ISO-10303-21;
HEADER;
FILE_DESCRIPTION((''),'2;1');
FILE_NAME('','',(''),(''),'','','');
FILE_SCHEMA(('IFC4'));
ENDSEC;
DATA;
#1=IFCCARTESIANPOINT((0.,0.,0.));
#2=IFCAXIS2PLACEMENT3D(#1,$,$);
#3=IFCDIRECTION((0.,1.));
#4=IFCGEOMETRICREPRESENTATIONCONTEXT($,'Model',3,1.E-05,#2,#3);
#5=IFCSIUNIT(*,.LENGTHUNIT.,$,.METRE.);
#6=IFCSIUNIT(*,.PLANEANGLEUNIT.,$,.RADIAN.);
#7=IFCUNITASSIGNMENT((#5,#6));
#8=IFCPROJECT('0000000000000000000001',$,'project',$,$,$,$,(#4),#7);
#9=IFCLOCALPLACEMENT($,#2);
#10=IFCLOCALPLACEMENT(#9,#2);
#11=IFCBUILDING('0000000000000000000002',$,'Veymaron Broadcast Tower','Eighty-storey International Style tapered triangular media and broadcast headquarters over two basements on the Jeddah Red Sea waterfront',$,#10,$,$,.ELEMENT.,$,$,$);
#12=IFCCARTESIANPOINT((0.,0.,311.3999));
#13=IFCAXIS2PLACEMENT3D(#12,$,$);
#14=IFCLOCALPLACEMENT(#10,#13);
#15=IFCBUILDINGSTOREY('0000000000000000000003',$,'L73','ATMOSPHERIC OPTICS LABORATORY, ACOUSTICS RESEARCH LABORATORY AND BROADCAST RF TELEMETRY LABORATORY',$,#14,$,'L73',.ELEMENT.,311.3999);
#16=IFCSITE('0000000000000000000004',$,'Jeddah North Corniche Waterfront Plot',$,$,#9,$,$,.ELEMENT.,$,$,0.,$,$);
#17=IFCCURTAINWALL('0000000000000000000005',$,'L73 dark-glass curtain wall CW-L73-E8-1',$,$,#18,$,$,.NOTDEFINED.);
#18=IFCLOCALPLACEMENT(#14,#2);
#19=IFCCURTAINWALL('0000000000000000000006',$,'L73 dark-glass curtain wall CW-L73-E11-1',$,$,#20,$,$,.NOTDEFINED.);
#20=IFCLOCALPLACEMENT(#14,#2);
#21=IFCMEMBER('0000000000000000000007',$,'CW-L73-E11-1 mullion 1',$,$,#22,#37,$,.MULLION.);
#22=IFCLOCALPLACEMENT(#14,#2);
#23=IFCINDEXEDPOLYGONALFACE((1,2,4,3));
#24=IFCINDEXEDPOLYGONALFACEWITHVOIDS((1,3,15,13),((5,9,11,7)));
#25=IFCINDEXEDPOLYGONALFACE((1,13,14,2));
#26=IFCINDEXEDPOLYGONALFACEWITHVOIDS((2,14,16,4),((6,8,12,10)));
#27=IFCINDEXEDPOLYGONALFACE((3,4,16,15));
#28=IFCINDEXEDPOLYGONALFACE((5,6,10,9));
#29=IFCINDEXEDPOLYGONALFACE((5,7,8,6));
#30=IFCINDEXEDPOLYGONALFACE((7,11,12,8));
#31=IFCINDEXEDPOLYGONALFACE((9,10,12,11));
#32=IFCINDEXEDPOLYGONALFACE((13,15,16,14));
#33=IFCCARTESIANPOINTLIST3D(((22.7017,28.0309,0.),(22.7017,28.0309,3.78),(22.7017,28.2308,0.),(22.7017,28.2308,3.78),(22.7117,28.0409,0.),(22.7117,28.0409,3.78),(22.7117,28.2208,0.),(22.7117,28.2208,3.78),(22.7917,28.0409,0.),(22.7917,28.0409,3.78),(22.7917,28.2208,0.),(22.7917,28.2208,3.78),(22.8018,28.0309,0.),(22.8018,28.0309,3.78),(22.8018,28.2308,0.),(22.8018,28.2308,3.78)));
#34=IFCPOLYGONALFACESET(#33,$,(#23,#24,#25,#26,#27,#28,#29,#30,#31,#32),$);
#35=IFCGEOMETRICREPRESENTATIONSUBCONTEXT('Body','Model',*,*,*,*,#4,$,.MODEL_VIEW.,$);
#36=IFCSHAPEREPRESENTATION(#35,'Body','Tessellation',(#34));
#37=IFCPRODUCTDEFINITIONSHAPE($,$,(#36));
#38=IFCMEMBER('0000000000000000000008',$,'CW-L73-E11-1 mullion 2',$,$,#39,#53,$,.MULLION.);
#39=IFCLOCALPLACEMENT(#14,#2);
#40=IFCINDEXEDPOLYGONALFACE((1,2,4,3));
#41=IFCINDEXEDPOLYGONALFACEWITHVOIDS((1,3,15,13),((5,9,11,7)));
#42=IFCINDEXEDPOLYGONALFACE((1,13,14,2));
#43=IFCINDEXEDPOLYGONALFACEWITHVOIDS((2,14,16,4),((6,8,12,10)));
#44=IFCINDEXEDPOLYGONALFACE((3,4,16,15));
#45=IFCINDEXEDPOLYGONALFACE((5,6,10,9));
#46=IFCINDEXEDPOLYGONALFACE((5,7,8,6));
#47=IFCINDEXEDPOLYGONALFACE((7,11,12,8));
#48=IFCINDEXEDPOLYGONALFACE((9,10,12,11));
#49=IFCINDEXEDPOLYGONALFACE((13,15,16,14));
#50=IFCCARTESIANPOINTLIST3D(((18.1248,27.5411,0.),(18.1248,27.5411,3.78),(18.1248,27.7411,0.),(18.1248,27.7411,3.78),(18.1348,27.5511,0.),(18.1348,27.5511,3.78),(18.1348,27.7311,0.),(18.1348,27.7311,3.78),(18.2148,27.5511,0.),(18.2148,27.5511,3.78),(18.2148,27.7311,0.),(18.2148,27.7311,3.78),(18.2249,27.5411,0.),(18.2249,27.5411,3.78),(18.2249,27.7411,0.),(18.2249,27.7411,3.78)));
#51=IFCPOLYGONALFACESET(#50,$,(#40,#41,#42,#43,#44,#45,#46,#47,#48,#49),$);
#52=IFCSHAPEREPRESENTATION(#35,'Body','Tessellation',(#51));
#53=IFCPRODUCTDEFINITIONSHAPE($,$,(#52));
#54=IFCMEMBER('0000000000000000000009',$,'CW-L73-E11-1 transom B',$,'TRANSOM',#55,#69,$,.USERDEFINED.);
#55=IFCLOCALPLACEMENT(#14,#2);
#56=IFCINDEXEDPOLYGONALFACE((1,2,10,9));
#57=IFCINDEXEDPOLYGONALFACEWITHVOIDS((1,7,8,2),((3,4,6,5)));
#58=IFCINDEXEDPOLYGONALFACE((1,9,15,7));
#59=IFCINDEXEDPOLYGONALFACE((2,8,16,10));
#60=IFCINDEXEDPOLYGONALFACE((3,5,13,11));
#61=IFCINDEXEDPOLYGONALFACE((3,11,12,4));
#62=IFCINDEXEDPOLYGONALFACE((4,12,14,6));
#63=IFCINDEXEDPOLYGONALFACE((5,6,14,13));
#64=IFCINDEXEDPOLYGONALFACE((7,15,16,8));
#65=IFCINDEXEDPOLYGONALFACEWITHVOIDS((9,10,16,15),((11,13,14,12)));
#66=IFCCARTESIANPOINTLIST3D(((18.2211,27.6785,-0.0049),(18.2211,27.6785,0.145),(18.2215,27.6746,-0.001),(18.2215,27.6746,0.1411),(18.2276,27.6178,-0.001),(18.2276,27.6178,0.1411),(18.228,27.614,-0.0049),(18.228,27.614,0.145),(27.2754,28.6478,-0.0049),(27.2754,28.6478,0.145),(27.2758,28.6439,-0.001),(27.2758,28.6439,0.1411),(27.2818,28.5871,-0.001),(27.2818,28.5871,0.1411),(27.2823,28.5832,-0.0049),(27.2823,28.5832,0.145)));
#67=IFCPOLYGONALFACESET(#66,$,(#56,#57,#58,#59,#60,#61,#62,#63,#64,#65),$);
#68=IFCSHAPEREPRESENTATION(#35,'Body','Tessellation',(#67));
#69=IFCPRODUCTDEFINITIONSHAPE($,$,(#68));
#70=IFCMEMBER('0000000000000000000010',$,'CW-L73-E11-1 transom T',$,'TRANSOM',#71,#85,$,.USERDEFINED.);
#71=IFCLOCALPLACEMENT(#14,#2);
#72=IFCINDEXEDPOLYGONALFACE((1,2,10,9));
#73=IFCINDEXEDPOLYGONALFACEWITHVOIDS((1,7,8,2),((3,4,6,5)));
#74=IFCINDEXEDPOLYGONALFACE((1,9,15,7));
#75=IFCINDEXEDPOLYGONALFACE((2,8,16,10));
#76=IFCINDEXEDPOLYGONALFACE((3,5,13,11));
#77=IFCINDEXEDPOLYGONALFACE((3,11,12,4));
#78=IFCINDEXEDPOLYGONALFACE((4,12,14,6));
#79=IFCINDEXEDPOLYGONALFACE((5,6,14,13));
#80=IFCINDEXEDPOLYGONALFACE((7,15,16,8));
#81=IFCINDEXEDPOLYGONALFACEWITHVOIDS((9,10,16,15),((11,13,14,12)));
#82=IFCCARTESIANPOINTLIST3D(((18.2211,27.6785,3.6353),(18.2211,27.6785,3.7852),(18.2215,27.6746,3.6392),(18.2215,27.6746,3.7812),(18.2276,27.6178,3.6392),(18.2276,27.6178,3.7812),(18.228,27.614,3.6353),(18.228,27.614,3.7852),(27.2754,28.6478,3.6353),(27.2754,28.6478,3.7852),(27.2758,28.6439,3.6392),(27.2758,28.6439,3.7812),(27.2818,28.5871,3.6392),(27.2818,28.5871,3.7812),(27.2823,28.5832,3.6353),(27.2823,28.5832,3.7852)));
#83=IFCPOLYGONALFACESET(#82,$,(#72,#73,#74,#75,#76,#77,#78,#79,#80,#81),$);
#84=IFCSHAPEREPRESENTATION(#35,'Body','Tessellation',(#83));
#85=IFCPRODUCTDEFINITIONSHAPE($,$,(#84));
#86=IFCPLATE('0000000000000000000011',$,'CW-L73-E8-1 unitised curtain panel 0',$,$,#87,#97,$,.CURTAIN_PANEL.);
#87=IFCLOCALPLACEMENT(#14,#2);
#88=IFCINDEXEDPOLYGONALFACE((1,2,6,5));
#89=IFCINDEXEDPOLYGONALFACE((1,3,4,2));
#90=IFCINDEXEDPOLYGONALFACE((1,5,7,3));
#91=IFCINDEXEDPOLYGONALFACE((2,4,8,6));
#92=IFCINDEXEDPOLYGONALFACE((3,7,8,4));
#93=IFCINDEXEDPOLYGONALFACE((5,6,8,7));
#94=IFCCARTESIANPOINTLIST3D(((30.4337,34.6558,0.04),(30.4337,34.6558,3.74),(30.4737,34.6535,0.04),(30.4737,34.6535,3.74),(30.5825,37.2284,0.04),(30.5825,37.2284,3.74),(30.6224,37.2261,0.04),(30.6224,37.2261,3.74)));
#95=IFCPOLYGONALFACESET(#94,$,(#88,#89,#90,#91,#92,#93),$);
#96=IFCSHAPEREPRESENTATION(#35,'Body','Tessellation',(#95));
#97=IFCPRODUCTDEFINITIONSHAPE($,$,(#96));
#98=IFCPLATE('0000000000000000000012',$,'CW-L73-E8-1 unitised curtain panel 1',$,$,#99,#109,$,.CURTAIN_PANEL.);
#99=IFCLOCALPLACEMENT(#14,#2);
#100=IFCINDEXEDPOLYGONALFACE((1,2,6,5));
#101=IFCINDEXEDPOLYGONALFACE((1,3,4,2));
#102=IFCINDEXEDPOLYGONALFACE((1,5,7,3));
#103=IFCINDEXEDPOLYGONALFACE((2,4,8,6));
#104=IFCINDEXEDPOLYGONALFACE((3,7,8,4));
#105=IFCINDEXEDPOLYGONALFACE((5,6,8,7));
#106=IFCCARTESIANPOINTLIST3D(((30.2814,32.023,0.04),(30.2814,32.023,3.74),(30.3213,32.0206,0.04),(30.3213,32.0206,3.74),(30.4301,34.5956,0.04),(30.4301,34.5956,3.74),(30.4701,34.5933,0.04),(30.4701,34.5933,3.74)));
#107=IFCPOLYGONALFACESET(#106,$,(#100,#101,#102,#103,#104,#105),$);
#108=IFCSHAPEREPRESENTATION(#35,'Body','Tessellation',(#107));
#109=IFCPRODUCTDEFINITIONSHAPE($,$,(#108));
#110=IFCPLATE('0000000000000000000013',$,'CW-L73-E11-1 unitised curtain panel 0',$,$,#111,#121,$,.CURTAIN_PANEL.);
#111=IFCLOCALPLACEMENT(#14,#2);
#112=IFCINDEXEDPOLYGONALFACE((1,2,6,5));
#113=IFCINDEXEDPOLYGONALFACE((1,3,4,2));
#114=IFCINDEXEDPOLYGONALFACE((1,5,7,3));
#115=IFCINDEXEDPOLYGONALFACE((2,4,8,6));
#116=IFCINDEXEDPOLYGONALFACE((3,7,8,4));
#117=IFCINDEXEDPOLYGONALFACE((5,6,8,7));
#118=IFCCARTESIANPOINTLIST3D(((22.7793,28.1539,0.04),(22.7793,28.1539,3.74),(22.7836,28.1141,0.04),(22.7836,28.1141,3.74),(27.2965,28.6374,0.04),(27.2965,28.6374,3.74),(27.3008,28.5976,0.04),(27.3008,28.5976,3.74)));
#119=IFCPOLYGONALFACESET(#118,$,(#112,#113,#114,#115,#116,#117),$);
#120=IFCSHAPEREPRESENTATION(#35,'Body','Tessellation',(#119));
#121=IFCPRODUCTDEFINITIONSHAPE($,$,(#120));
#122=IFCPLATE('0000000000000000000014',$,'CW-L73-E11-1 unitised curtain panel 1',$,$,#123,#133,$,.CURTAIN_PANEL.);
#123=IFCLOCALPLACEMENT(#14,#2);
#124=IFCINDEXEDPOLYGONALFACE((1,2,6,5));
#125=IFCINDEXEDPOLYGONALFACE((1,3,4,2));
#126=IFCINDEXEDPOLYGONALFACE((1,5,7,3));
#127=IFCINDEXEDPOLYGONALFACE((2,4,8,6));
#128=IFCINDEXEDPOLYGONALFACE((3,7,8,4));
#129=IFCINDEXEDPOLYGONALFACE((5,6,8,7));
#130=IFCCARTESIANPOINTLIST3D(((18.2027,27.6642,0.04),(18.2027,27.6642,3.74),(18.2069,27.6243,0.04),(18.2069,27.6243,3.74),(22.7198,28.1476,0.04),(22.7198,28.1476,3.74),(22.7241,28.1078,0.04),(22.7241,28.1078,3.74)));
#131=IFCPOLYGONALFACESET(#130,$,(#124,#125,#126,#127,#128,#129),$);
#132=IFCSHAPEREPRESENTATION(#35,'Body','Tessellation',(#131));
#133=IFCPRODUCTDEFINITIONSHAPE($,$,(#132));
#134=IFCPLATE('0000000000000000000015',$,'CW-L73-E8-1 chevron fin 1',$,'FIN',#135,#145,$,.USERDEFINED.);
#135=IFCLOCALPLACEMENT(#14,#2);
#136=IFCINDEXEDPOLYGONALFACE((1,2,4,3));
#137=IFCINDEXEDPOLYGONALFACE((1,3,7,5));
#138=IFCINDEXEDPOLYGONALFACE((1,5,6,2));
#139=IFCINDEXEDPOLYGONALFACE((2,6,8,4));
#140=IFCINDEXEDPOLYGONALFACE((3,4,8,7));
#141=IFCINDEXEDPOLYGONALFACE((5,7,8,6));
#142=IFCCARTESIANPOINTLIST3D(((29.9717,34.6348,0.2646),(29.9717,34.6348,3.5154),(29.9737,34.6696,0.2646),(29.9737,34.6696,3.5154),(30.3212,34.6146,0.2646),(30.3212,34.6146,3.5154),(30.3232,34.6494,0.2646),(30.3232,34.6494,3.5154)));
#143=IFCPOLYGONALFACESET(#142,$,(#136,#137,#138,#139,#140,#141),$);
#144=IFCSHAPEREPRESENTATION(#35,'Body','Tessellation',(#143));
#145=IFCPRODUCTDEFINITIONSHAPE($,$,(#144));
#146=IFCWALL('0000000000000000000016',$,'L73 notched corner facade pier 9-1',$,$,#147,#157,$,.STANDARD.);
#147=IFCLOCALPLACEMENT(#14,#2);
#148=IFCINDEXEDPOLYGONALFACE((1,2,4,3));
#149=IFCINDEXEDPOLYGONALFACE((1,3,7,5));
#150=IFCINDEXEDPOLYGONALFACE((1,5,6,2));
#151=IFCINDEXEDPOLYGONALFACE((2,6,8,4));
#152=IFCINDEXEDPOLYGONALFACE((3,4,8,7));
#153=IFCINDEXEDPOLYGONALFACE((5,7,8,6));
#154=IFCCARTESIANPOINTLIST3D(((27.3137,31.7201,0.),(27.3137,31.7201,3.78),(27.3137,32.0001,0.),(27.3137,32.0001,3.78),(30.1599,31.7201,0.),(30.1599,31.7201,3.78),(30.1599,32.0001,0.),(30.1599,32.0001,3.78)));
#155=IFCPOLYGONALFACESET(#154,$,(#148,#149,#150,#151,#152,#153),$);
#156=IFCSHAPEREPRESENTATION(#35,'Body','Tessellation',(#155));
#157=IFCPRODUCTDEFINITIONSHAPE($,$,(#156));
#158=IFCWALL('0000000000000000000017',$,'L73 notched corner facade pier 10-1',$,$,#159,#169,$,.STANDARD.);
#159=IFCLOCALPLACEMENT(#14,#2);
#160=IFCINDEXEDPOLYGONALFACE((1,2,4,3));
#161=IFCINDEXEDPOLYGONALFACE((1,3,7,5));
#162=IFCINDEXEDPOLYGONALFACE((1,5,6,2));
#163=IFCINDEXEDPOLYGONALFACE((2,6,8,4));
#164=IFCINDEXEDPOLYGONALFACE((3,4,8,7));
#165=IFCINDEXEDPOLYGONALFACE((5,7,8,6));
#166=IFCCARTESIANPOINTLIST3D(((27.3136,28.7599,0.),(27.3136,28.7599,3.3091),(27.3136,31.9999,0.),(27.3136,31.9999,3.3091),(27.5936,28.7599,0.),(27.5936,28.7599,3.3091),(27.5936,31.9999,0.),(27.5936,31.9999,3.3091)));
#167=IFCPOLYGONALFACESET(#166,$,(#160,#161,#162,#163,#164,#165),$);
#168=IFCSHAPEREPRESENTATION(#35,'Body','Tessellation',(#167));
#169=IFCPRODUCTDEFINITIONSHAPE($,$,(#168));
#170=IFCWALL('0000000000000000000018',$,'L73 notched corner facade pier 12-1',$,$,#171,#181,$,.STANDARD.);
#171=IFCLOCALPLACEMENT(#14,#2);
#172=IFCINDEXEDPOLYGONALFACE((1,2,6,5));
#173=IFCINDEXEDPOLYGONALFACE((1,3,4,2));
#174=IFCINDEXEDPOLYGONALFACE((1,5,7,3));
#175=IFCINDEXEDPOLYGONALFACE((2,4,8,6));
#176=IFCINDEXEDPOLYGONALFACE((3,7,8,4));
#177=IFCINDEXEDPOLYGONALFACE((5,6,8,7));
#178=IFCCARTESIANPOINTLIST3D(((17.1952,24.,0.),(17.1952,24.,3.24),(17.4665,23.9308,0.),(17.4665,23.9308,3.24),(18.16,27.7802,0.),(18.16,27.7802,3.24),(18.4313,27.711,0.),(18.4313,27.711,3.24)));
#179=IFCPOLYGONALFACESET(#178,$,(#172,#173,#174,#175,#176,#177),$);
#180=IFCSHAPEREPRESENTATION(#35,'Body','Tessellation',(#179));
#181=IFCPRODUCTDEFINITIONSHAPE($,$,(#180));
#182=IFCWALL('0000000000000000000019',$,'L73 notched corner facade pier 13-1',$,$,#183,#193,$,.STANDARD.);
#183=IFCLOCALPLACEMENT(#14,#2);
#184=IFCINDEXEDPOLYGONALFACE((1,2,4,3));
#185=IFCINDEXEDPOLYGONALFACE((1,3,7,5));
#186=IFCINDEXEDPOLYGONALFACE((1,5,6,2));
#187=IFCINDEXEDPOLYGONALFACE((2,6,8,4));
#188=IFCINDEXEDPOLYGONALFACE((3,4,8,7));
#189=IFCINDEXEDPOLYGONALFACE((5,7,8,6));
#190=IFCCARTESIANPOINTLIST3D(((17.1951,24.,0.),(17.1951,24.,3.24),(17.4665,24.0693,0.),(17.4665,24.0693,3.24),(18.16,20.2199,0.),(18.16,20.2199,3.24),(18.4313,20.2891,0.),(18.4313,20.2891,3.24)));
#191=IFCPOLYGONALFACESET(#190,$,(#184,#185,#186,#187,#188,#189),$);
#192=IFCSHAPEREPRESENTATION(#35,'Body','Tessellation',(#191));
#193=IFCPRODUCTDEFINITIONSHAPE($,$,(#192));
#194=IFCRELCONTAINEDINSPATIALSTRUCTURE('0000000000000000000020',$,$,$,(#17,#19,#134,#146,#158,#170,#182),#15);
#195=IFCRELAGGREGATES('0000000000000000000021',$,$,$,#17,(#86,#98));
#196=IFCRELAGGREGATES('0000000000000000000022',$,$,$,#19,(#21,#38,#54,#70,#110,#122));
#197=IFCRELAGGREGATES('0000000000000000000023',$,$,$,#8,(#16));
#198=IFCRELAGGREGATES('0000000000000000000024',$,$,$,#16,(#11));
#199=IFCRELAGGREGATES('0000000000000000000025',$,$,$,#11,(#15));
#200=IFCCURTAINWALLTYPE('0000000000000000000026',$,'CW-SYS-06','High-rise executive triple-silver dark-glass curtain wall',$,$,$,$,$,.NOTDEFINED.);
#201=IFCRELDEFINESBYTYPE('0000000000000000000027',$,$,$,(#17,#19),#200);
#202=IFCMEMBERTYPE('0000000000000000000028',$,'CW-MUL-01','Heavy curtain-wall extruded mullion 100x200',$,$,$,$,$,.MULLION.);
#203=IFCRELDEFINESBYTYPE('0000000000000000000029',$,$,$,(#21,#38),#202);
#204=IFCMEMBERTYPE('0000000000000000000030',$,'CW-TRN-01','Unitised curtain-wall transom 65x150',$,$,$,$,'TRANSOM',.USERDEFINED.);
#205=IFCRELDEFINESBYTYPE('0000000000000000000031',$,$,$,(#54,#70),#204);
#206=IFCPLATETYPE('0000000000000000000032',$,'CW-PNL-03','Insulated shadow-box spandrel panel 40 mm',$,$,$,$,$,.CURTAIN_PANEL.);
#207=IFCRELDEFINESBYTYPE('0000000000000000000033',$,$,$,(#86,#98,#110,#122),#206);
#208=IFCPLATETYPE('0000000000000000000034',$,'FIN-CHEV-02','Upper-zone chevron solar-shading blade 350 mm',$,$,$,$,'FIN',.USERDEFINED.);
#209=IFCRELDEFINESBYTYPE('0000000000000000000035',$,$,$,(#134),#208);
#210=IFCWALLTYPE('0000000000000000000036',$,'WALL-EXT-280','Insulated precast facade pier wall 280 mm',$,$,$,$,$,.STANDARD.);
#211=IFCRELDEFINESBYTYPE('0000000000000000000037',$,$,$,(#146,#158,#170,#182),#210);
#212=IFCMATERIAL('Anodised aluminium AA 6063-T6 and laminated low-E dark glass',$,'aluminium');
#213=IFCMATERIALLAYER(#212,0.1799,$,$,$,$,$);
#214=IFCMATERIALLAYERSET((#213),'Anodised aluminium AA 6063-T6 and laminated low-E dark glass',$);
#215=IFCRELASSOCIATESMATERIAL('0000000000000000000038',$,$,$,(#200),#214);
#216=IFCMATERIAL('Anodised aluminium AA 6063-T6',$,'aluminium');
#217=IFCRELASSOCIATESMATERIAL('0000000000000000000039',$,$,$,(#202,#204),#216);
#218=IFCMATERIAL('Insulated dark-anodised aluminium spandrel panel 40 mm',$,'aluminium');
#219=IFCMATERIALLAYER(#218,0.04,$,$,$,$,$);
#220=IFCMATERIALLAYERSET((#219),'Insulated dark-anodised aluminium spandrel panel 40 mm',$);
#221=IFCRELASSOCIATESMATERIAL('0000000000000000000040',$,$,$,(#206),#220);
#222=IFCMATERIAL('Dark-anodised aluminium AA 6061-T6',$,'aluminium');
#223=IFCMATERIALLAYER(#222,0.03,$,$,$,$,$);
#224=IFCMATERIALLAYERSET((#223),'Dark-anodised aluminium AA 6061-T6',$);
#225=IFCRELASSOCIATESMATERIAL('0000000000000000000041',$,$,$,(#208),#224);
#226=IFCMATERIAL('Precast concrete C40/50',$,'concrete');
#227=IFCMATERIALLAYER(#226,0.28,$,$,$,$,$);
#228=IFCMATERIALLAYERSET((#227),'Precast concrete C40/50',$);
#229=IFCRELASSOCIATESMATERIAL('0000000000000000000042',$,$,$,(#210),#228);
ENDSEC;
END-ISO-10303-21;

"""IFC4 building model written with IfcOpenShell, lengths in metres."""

from ifc_helpers import new_model, si_unit, direction, frame, frame_2d, origin, origin_2d, place, context, subcontext, project, spatial, rectangle, hollow_rectangle, extrude, material, layer, layer_set, material_profile, profile_set, type_object, element, aggregate, save


model = new_model("IFC4")

# Units and contexts
model_context = context("Model", 3, precision=1e-05, world=origin(), true_north=direction((0.0, 1.0)))
body_context = subcontext(model_context, "Body", "Model", "MODEL_VIEW")
ifc_project = project(units=[si_unit("LENGTHUNIT", "METRE"), si_unit("PLANEANGLEUNIT", "RADIAN")], contexts=[model_context])

# Site, building, storey
site_placement = place(None, origin())
site = spatial("IfcSite", under=ifc_project, at=site_placement, Name="Jeddah North Corniche Waterfront Plot", CompositionType="ELEMENT", RefElevation=0.0)
building_placement = place(site_placement, origin())
building = spatial("IfcBuilding", under=site, at=building_placement, Name="Veymaron Broadcast Tower", Description="Eighty-storey International Style tapered triangular media and broadcast headquarters over two basements on the Jeddah Red Sea waterfront", CompositionType="ELEMENT")
storey_placement = place(building_placement, frame((0.0, 0.0, 311.3999)))
storey = spatial("IfcBuildingStorey", under=building, at=storey_placement, Name="L73", Description="ATMOSPHERIC OPTICS LABORATORY, ACOUSTICS RESEARCH LABORATORY AND BROADCAST RF TELEMETRY LABORATORY", LongName="L73", CompositionType="ELEMENT", Elevation=311.3999)

# Shared definitions
ifc_material_1 = material(Name="Anodised aluminium AA 6063-T6 and laminated low-E dark glass", Category="aluminium")
ifc_layer_1 = layer(ifc_material_1, 0.1799)
ifc_layer_set_1 = layer_set([ifc_layer_1], Name="Anodised aluminium AA 6063-T6 and laminated low-E dark glass")
curtain_wall_type = type_object("IfcCurtainWallType", Name="CW-SYS-06", Description="High-rise executive triple-silver dark-glass curtain wall", PredefinedType="NOTDEFINED", material=ifc_layer_set_1)
ifc_material_2 = material(Name="Anodised aluminium AA 6063-T6", Category="aluminium")
ifc_material_profile_1 = material_profile(ifc_material_2, hollow_rectangle(XDim=0.1001, YDim=0.2, WallThickness=0.01, at=origin_2d()), Name="RHS200X100X10")
ifc_profile_set_1 = profile_set([ifc_material_profile_1], Name="Anodised aluminium AA 6063-T6")
member_type_1 = type_object("IfcMemberType", Name="CW-MUL-01", Description="Heavy curtain-wall extruded mullion 100x200", PredefinedType="MULLION", material=ifc_profile_set_1)

# Curtain walls, members
curtain_wall_1_placement = place(storey_placement, origin())
curtain_wall_1 = element("IfcCurtainWall", 1, at=curtain_wall_1_placement, inside=storey, type_object=curtain_wall_type, Name="L73 dark-glass curtain wall CW-L73-E8-1", PredefinedType="NOTDEFINED")
curtain_wall_2_placement = place(storey_placement, origin())
curtain_wall_2 = element("IfcCurtainWall", 2, at=curtain_wall_2_placement, inside=storey, type_object=curtain_wall_type, Name="L73 dark-glass curtain wall CW-L73-E11-1", PredefinedType="NOTDEFINED")
member_1_placement = place(storey_placement, frame((22.7517, 28.1309, 0.0), z_axis=(0.0, 0.0, 1.0), x_axis=(1.0, 0.0, 0.0)))
member_1 = element("IfcMember", 3, at=member_1_placement, type_object=member_type_1, Name="CW-L73-E11-1 mullion 1", PredefinedType="MULLION", context=body_context, shape_type="SweptSolid", body=[
    extrude(hollow_rectangle(XDim=0.1001, YDim=0.2, WallThickness=0.01, at=origin_2d()), origin(), (0.0, 0.0, 1.0), 3.78),
])
member_2_placement = place(storey_placement, frame((18.1748, 27.6411, 0.0), z_axis=(0.0, 0.0, 1.0), x_axis=(1.0, 0.0, 0.0)))
member_2 = element("IfcMember", 4, at=member_2_placement, type_object=member_type_1, Name="CW-L73-E11-1 mullion 2", PredefinedType="MULLION", context=body_context, shape_type="SweptSolid", body=[
    extrude(hollow_rectangle(XDim=0.1001, YDim=0.2, WallThickness=0.01, at=origin_2d()), origin(), (0.0, 0.0, 1.0), 3.78),
])
ifc_material_profile_2 = material_profile(ifc_material_2, hollow_rectangle(XDim=0.0649, YDim=0.1499, WallThickness=0.0039, at=origin_2d()), Name="AL150X65X4")
ifc_profile_set_2 = profile_set([ifc_material_profile_2], Name="Anodised aluminium AA 6063-T6")
member_type_2 = type_object("IfcMemberType", Name="CW-TRN-01", Description="Unitised curtain-wall transom 65x150", ElementType="TRANSOM", PredefinedType="USERDEFINED", material=ifc_profile_set_2)
member_3_placement = place(storey_placement, frame((27.2788, 28.6155, 0.0701), z_axis=(-0.994319, -0.10644, 0.0), x_axis=(0.10644, -0.994319, 0.0)))
member_3 = element("IfcMember", 5, at=member_3_placement, type_object=member_type_2, Name="CW-L73-E11-1 transom B", ObjectType="TRANSOM", PredefinedType="USERDEFINED", context=body_context, shape_type="SweptSolid", body=[
    extrude(hollow_rectangle(XDim=0.0649, YDim=0.1499, WallThickness=0.0039, at=origin_2d()), origin(), (0.0, 0.0, 1.0), 9.106),
])
member_4_placement = place(storey_placement, frame((27.2788, 28.6155, 3.7102), z_axis=(-0.994319, -0.10644, 0.0), x_axis=(0.10644, -0.994319, 0.0)))
member_4 = element("IfcMember", 6, at=member_4_placement, type_object=member_type_2, Name="CW-L73-E11-1 transom T", ObjectType="TRANSOM", PredefinedType="USERDEFINED", context=body_context, shape_type="SweptSolid", body=[
    extrude(hollow_rectangle(XDim=0.0649, YDim=0.1499, WallThickness=0.0039, at=origin_2d()), origin(), (0.0, 0.0, 1.0), 9.106),
])

# Plates
ifc_material_3 = material(Name="Insulated dark-anodised aluminium spandrel panel 40 mm", Category="aluminium")
ifc_layer_2 = layer(ifc_material_3, 0.04)
ifc_layer_set_2 = layer_set([ifc_layer_2], Name="Insulated dark-anodised aluminium spandrel panel 40 mm")
plate_type_1 = type_object("IfcPlateType", Name="CW-PNL-03", Description="Insulated shadow-box spandrel panel 40 mm", PredefinedType="CURTAIN_PANEL", material=ifc_layer_set_2)
plate_1_placement = place(storey_placement, frame((30.5281, 35.9409, 0.04), z_axis=(0.0, 0.0, 1.0), x_axis=(-0.057721, -0.998333, 0.0)))
plate_1 = element("IfcPlate", 7, at=plate_1_placement, type_object=plate_type_1, Name="CW-L73-E8-1 unitised curtain panel 0", PredefinedType="CURTAIN_PANEL", context=body_context, shape_type="SweptSolid", body=[
    extrude(rectangle(XDim=2.5769, YDim=0.04, at=origin_2d()), origin(), (0.0, 0.0, 1.0), 3.7),
])
plate_2_placement = place(storey_placement, frame((30.3757, 33.3081, 0.04), z_axis=(0.0, 0.0, 1.0), x_axis=(-0.057721, -0.998333, 0.0)))
plate_2 = element("IfcPlate", 8, at=plate_2_placement, type_object=plate_type_1, Name="CW-L73-E8-1 unitised curtain panel 1", PredefinedType="CURTAIN_PANEL", context=body_context, shape_type="SweptSolid", body=[
    extrude(rectangle(XDim=2.5769, YDim=0.04, at=origin_2d()), origin(), (0.0, 0.0, 1.0), 3.7),
])
aggregate(curtain_wall_1, [plate_1, plate_2])
plate_3_placement = place(storey_placement, frame((25.04, 28.3757, 0.04), z_axis=(0.0, 0.0, 1.0), x_axis=(-0.994321, -0.10642, 0.0)))
plate_3 = element("IfcPlate", 9, at=plate_3_placement, type_object=plate_type_1, Name="CW-L73-E11-1 unitised curtain panel 0", PredefinedType="CURTAIN_PANEL", context=body_context, shape_type="SweptSolid", body=[
    extrude(rectangle(XDim=4.543, YDim=0.04, at=origin_2d()), origin(), (0.0, 0.0, 1.0), 3.7),
])
plate_4_placement = place(storey_placement, frame((20.4634, 27.886, 0.04), z_axis=(0.0, 0.0, 1.0), x_axis=(-0.994321, -0.10642, 0.0)))
plate_4 = element("IfcPlate", 10, at=plate_4_placement, type_object=plate_type_1, Name="CW-L73-E11-1 unitised curtain panel 1", PredefinedType="CURTAIN_PANEL", context=body_context, shape_type="SweptSolid", body=[
    extrude(rectangle(XDim=4.543, YDim=0.04, at=origin_2d()), origin(), (0.0, 0.0, 1.0), 3.7),
])
aggregate(curtain_wall_2, [member_1, member_2, member_3, member_4, plate_3, plate_4])
ifc_material_4 = material(Name="Dark-anodised aluminium AA 6061-T6", Category="aluminium")
ifc_layer_3 = layer(ifc_material_4, 0.03)
ifc_layer_set_3 = layer_set([ifc_layer_3], Name="Dark-anodised aluminium AA 6061-T6")
plate_type_2 = type_object("IfcPlateType", Name="FIN-CHEV-02", Description="Upper-zone chevron solar-shading blade 350 mm", ElementType="FIN", PredefinedType="USERDEFINED", material=ifc_layer_set_3)
plate_5_placement = place(storey_placement, frame((30.1475, 34.6421, 0.2646), z_axis=(0.0, 0.0, 1.0), x_axis=(-0.998333, 0.057721, 0.0)))
element("IfcPlate", 11, at=plate_5_placement, inside=storey, type_object=plate_type_2, Name="CW-L73-E8-1 chevron fin 1", ObjectType="FIN", PredefinedType="USERDEFINED", context=body_context, shape_type="SweptSolid", body=[
    extrude(rectangle(XDim=0.3501, YDim=0.0349, at=origin_2d()), origin(), (0.0, 0.0, 1.0), 3.2507),
])

# Walls
ifc_material_5 = material(Name="Precast concrete C40/50", Category="concrete")
ifc_layer_4 = layer(ifc_material_5, 0.28)
ifc_layer_set_4 = layer_set([ifc_layer_4], Name="Precast concrete C40/50")
wall_type_1 = type_object("IfcWallType", Name="WALL-EXT-280", Description="Insulated precast facade pier wall 280 mm", PredefinedType="STANDARD", material=ifc_layer_set_4)
wall_1_placement = place(storey_placement, frame((30.1599, 31.8601, 0.0), z_axis=(0.0, 0.0, 1.0), x_axis=(-1.0, 0.0, 0.0)))
element("IfcWall", 12, at=wall_1_placement, inside=storey, type_object=wall_type_1, Name="L73 notched corner facade pier 9-1", PredefinedType="STANDARD", context=body_context, shape_type="SweptSolid", body=[
    extrude(rectangle(XDim=2.8462, YDim=0.28, at=frame_2d((1.4231, 0.0))), origin(), (0.0, 0.0, 1.0), 3.78),
])
wall_2_placement = place(storey_placement, frame((27.4536, 32.0, 0.0), z_axis=(0.0, 0.0, 1.0), x_axis=(0.0, -1.0, 0.0)))
element("IfcWall", 13, at=wall_2_placement, inside=storey, type_object=wall_type_1, Name="L73 notched corner facade pier 10-1", PredefinedType="STANDARD", context=body_context, shape_type="SweptSolid", body=[
    extrude(rectangle(XDim=3.24, YDim=0.28, at=frame_2d((1.6201, 0.0))), origin(), (0.0, 0.0, 1.0), 3.3091),
])
for number, where, z_axis, x_axis, name in (
    (14, (18.2957, 27.7456, 0.0), (0.0, 0.0, 1.0), (-0.247303, -0.968938, 0.0), "L73 notched corner facade pier 12-1"),
    (15, (17.3308, 24.0347, 0.0), (0.0, 0.0, 1.0), (0.247303, -0.968938, 0.0), "L73 notched corner facade pier 13-1"),
):
    element("IfcWall", number, at=place(storey_placement, frame(where, z_axis=z_axis, x_axis=x_axis)), inside=storey, type_object=wall_type_1, Name=name, PredefinedType="STANDARD", context=body_context, shape_type="SweptSolid", body=[
        extrude(rectangle(XDim=3.9014, YDim=0.28, at=frame_2d((1.9507, 0.0))), origin(), (0.0, 0.0, 1.0), 3.24),
    ])

save(model, "model.ifc")
